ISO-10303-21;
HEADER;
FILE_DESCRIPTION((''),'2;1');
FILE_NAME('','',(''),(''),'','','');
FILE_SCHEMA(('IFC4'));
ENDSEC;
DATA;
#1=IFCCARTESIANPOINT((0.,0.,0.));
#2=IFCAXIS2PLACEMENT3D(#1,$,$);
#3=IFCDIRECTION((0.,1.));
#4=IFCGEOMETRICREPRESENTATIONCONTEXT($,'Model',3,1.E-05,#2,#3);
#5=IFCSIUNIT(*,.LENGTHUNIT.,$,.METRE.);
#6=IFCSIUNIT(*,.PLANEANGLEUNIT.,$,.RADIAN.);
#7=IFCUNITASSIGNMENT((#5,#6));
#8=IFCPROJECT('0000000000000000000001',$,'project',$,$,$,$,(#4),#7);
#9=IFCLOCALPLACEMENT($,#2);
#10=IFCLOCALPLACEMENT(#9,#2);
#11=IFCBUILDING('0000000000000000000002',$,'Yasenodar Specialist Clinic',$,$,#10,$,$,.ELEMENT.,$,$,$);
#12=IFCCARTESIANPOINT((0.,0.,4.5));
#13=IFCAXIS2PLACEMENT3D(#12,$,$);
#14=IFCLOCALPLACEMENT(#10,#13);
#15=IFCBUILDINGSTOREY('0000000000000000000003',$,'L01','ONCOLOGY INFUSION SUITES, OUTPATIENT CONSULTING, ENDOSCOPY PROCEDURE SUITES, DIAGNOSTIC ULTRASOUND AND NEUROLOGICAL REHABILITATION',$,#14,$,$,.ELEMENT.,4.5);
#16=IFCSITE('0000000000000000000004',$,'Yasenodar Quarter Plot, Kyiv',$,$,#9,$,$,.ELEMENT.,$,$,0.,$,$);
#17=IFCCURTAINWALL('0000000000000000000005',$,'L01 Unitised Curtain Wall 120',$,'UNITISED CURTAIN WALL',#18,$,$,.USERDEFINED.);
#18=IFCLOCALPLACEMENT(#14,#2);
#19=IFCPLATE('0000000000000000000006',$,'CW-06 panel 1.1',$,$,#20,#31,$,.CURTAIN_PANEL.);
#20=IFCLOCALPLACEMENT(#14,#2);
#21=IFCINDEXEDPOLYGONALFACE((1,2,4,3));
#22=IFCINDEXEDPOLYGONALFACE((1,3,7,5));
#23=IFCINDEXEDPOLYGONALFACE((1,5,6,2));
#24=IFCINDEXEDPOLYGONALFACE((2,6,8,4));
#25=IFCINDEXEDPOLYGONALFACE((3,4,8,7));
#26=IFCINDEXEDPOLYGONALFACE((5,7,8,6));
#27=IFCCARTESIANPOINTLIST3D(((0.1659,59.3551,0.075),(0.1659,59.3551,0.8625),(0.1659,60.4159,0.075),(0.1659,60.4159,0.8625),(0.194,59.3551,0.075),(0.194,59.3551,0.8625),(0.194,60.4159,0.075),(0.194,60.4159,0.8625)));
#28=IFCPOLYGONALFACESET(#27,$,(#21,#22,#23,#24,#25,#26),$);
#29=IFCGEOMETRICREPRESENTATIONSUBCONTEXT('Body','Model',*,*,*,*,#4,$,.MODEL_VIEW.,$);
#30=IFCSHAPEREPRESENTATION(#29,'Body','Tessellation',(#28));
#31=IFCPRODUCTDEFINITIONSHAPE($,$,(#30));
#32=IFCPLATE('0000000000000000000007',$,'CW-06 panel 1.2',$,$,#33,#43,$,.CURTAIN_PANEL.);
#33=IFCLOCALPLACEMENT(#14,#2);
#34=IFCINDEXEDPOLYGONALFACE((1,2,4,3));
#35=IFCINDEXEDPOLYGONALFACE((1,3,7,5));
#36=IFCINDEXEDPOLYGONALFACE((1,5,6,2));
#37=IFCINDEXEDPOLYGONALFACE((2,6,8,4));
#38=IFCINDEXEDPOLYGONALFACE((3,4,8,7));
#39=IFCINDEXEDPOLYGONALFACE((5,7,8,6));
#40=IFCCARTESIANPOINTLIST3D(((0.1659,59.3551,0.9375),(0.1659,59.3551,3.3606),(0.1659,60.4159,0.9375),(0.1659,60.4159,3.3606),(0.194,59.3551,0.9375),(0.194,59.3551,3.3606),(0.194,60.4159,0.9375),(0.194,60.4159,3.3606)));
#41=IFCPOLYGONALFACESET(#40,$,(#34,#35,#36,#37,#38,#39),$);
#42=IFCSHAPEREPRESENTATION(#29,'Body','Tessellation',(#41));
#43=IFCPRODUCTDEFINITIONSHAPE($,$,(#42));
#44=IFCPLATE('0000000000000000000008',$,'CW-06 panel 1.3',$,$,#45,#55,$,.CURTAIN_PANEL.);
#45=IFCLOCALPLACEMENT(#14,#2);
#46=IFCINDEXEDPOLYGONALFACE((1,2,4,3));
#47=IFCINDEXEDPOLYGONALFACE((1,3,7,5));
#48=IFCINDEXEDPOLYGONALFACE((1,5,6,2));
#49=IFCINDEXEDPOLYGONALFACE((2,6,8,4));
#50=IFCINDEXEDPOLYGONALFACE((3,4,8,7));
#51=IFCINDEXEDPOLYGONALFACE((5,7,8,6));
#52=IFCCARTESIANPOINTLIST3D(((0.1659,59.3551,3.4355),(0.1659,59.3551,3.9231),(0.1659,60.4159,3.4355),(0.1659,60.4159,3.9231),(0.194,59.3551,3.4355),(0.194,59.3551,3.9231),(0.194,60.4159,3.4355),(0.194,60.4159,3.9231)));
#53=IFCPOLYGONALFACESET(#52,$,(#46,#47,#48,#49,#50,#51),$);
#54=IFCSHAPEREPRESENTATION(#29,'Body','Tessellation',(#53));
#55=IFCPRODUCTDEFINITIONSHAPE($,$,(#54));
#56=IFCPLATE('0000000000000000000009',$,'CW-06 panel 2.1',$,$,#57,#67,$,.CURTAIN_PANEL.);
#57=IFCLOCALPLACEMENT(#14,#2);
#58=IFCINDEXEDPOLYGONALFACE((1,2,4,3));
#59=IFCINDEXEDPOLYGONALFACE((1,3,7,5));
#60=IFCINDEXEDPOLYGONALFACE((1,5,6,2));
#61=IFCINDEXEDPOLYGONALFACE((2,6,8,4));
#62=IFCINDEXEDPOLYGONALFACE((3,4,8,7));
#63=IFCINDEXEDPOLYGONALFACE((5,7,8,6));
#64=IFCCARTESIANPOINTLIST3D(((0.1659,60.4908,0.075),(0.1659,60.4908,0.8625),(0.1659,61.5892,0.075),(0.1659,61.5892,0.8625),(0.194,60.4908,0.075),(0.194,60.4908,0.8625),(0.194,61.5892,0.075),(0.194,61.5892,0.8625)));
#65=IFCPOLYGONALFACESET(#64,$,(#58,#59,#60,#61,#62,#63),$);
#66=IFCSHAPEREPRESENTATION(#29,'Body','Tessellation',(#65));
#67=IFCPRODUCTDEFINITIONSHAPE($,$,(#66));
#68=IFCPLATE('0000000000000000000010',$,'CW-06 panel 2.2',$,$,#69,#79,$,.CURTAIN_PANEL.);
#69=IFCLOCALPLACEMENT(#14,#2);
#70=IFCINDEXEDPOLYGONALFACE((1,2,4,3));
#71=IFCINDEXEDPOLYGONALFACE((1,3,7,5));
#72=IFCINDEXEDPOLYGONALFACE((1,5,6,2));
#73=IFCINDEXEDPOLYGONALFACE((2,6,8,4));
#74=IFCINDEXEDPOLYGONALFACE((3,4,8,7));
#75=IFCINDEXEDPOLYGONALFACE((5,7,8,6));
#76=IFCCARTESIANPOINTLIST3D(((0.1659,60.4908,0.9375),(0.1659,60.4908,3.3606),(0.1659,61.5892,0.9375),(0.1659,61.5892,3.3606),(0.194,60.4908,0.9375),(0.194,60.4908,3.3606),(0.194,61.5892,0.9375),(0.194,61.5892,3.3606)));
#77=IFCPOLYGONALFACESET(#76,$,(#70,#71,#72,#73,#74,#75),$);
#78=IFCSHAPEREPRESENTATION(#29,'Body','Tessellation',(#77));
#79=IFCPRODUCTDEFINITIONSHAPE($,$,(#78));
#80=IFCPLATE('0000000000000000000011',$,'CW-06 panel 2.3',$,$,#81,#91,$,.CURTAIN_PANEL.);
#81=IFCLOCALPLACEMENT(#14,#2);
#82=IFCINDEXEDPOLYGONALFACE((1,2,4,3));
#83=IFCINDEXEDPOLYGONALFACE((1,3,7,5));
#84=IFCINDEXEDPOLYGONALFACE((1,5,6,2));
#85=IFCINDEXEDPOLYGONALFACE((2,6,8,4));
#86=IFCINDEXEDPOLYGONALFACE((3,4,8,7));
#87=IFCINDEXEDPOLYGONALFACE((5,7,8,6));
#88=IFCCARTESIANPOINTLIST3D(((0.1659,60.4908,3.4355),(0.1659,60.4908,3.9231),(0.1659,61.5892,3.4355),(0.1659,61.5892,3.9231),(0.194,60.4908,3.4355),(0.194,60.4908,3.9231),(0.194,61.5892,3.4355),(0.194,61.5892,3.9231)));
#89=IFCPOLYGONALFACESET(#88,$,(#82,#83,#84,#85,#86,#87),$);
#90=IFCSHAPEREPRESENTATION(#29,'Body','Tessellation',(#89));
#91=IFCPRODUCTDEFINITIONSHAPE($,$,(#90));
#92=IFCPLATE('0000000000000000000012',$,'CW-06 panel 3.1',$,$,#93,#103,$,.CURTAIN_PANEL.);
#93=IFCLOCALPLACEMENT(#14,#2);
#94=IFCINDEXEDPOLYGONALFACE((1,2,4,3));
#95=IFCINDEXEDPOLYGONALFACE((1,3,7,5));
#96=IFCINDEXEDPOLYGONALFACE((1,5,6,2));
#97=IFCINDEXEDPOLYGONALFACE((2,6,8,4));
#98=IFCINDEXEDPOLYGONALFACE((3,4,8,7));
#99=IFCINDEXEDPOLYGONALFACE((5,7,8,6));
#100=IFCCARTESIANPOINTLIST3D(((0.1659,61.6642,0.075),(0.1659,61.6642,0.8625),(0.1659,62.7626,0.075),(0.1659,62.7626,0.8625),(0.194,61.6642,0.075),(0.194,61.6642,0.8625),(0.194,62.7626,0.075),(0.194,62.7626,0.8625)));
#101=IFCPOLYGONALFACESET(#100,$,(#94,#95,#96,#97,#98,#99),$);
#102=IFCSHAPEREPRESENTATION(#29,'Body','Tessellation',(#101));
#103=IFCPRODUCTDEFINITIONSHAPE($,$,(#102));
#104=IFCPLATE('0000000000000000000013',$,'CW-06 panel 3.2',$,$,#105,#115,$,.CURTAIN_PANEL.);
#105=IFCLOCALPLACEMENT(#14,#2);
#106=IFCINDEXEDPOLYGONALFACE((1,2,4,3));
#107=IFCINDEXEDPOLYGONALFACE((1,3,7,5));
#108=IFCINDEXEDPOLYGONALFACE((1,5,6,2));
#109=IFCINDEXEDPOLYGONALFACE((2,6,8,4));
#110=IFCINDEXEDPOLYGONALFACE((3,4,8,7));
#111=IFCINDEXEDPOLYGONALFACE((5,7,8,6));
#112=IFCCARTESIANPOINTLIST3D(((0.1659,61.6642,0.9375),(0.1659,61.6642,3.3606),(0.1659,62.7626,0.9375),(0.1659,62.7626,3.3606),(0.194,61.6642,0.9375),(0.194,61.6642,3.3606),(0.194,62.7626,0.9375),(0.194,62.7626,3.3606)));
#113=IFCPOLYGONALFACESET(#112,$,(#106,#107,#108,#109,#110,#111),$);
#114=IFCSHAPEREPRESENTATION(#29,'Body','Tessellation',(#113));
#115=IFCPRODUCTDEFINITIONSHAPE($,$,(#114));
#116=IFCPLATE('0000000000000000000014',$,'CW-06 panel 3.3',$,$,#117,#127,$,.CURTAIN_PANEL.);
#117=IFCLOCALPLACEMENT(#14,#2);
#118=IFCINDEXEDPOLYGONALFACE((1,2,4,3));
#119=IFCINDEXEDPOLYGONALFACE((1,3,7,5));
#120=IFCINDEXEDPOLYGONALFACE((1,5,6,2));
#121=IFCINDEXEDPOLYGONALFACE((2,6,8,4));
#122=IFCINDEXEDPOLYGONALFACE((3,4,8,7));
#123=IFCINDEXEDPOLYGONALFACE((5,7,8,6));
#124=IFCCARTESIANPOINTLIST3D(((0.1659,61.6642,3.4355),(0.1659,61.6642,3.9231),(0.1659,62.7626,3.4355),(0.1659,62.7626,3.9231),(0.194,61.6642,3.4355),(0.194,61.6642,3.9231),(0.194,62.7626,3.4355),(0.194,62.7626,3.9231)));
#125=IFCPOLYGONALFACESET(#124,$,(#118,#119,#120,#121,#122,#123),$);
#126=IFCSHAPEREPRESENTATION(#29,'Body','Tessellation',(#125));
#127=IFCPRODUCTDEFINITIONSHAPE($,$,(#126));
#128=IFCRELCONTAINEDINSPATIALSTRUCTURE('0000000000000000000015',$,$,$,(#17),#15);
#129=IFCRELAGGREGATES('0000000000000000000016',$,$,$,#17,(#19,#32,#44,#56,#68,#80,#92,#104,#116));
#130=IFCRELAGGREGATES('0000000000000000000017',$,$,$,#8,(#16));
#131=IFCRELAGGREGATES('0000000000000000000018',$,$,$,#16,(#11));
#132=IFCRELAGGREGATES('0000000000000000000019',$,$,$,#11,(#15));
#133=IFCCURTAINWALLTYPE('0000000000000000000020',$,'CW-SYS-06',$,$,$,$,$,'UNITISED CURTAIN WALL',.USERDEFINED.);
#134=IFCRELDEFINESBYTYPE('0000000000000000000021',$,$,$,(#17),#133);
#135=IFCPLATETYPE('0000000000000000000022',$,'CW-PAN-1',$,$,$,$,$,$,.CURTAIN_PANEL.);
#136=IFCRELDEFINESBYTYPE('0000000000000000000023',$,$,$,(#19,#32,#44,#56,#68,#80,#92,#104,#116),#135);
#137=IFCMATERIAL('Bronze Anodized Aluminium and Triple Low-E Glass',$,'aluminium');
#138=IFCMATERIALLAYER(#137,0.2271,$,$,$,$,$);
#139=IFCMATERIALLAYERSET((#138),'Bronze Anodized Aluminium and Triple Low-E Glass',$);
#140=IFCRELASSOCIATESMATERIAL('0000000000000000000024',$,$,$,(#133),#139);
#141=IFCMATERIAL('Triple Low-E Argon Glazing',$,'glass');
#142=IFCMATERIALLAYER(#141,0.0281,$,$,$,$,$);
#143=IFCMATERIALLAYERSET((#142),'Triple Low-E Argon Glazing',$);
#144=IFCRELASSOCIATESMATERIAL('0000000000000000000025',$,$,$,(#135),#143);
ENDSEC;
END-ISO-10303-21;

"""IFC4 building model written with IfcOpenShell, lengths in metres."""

from ifc_helpers import new_model, si_unit, direction, frame, origin, origin_2d, place, context, subcontext, project, spatial, rectangle, extrude, material, layer, layer_set, type_object, element, aggregate, save


model = new_model("IFC4")

# Units and contexts
model_context = context("Model", 3, precision=1e-05, world=origin(), true_north=direction((0.0, 1.0)))
body_context = subcontext(model_context, "Body", "Model", "MODEL_VIEW")
ifc_project = project(units=[si_unit("LENGTHUNIT", "METRE"), si_unit("PLANEANGLEUNIT", "RADIAN")], contexts=[model_context])

# Site, building, storey
site_placement = place(None, origin())
site = spatial("IfcSite", under=ifc_project, at=site_placement, Name="Yasenodar Quarter Plot, Kyiv", CompositionType="ELEMENT", RefElevation=0.0)
building_placement = place(site_placement, origin())
building = spatial("IfcBuilding", under=site, at=building_placement, Name="Yasenodar Specialist Clinic", CompositionType="ELEMENT")
storey_placement = place(building_placement, frame((0.0, 0.0, 4.5)))
storey = spatial("IfcBuildingStorey", under=building, at=storey_placement, Name="L01", Description="ONCOLOGY INFUSION SUITES, OUTPATIENT CONSULTING, ENDOSCOPY PROCEDURE SUITES, DIAGNOSTIC ULTRASOUND AND NEUROLOGICAL REHABILITATION", CompositionType="ELEMENT", Elevation=4.5)

# Curtain wall, plates
ifc_material_1 = material(Name="Bronze Anodized Aluminium and Triple Low-E Glass", Category="aluminium")
ifc_layer_1 = layer(ifc_material_1, 0.2271)
ifc_layer_set_1 = layer_set([ifc_layer_1], Name="Bronze Anodized Aluminium and Triple Low-E Glass")
curtain_wall_type = type_object("IfcCurtainWallType", Name="CW-SYS-06", ElementType="UNITISED CURTAIN WALL", PredefinedType="USERDEFINED", material=ifc_layer_set_1)
curtain_wall_placement = place(storey_placement, origin())
curtain_wall = element("IfcCurtainWall", 1, at=curtain_wall_placement, inside=storey, type_object=curtain_wall_type, Name="L01 Unitised Curtain Wall 120", ObjectType="UNITISED CURTAIN WALL", PredefinedType="USERDEFINED")
ifc_material_2 = material(Name="Triple Low-E Argon Glazing", Category="glass")
ifc_layer_2 = layer(ifc_material_2, 0.0281)
ifc_layer_set_2 = layer_set([ifc_layer_2], Name="Triple Low-E Argon Glazing")
plate_type = type_object("IfcPlateType", Name="CW-PAN-1", PredefinedType="CURTAIN_PANEL", material=ifc_layer_set_2)
plate_1_placement = place(storey_placement, frame((0.1799, 59.8855, 0.075), z_axis=(0.0, 0.0, 1.0), x_axis=(0.0, 1.0, 0.0)))
plate_1 = element("IfcPlate", 2, at=plate_1_placement, type_object=plate_type, Name="CW-06 panel 1.1", PredefinedType="CURTAIN_PANEL", context=body_context, shape_type="SweptSolid", body=[
    extrude(rectangle(XDim=1.0608, YDim=0.0281, at=origin_2d()), origin(), (0.0, 0.0, 1.0), 0.7876),
])
plate_2_placement = place(storey_placement, frame((0.1799, 59.8855, 0.9375), z_axis=(0.0, 0.0, 1.0), x_axis=(0.0, 1.0, 0.0)))
plate_2 = element("IfcPlate", 3, at=plate_2_placement, type_object=plate_type, Name="CW-06 panel 1.2", PredefinedType="CURTAIN_PANEL", context=body_context, shape_type="SweptSolid", body=[
    extrude(rectangle(XDim=1.0608, YDim=0.0281, at=origin_2d()), origin(), (0.0, 0.0, 1.0), 2.4231),
])
plate_3_placement = place(storey_placement, frame((0.1799, 59.8855, 3.4355), z_axis=(0.0, 0.0, 1.0), x_axis=(0.0, 1.0, 0.0)))
plate_3 = element("IfcPlate", 4, at=plate_3_placement, type_object=plate_type, Name="CW-06 panel 1.3", PredefinedType="CURTAIN_PANEL", context=body_context, shape_type="SweptSolid", body=[
    extrude(rectangle(XDim=1.0608, YDim=0.0281, at=origin_2d()), origin(), (0.0, 0.0, 1.0), 0.4875),
])
plate_4_placement = place(storey_placement, frame((0.1799, 61.04, 0.075), z_axis=(0.0, 0.0, 1.0), x_axis=(0.0, 1.0, 0.0)))
plate_4 = element("IfcPlate", 5, at=plate_4_placement, type_object=plate_type, Name="CW-06 panel 2.1", PredefinedType="CURTAIN_PANEL", context=body_context, shape_type="SweptSolid", body=[
    extrude(rectangle(XDim=1.0984, YDim=0.0281, at=origin_2d()), origin(), (0.0, 0.0, 1.0), 0.7876),
])
plate_5_placement = place(storey_placement, frame((0.1799, 61.04, 0.9375), z_axis=(0.0, 0.0, 1.0), x_axis=(0.0, 1.0, 0.0)))
plate_5 = element("IfcPlate", 6, at=plate_5_placement, type_object=plate_type, Name="CW-06 panel 2.2", PredefinedType="CURTAIN_PANEL", context=body_context, shape_type="SweptSolid", body=[
    extrude(rectangle(XDim=1.0984, YDim=0.0281, at=origin_2d()), origin(), (0.0, 0.0, 1.0), 2.4231),
])
plate_6_placement = place(storey_placement, frame((0.1799, 61.04, 3.4355), z_axis=(0.0, 0.0, 1.0), x_axis=(0.0, 1.0, 0.0)))
plate_6 = element("IfcPlate", 7, at=plate_6_placement, type_object=plate_type, Name="CW-06 panel 2.3", PredefinedType="CURTAIN_PANEL", context=body_context, shape_type="SweptSolid", body=[
    extrude(rectangle(XDim=1.0984, YDim=0.0281, at=origin_2d()), origin(), (0.0, 0.0, 1.0), 0.4875),
])
plate_7_placement = place(storey_placement, frame((0.1799, 62.2134, 0.075), z_axis=(0.0, 0.0, 1.0), x_axis=(0.0, 1.0, 0.0)))
plate_7 = element("IfcPlate", 8, at=plate_7_placement, type_object=plate_type, Name="CW-06 panel 3.1", PredefinedType="CURTAIN_PANEL", context=body_context, shape_type="SweptSolid", body=[
    extrude(rectangle(XDim=1.0984, YDim=0.0281, at=origin_2d()), origin(), (0.0, 0.0, 1.0), 0.7876),
])
plate_8_placement = place(storey_placement, frame((0.1799, 62.2134, 0.9375), z_axis=(0.0, 0.0, 1.0), x_axis=(0.0, 1.0, 0.0)))
plate_8 = element("IfcPlate", 9, at=plate_8_placement, type_object=plate_type, Name="CW-06 panel 3.2", PredefinedType="CURTAIN_PANEL", context=body_context, shape_type="SweptSolid", body=[
    extrude(rectangle(XDim=1.0984, YDim=0.0281, at=origin_2d()), origin(), (0.0, 0.0, 1.0), 2.4231),
])
plate_9_placement = place(storey_placement, frame((0.1799, 62.2134, 3.4355), z_axis=(0.0, 0.0, 1.0), x_axis=(0.0, 1.0, 0.0)))
plate_9 = element("IfcPlate", 10, at=plate_9_placement, type_object=plate_type, Name="CW-06 panel 3.3", PredefinedType="CURTAIN_PANEL", context=body_context, shape_type="SweptSolid", body=[
    extrude(rectangle(XDim=1.0984, YDim=0.0281, at=origin_2d()), origin(), (0.0, 0.0, 1.0), 0.4875),
])
aggregate(curtain_wall, [plate_1, plate_2, plate_3, plate_4, plate_5, plate_6, plate_7, plate_8, plate_9])

save(model, "model.ifc")
